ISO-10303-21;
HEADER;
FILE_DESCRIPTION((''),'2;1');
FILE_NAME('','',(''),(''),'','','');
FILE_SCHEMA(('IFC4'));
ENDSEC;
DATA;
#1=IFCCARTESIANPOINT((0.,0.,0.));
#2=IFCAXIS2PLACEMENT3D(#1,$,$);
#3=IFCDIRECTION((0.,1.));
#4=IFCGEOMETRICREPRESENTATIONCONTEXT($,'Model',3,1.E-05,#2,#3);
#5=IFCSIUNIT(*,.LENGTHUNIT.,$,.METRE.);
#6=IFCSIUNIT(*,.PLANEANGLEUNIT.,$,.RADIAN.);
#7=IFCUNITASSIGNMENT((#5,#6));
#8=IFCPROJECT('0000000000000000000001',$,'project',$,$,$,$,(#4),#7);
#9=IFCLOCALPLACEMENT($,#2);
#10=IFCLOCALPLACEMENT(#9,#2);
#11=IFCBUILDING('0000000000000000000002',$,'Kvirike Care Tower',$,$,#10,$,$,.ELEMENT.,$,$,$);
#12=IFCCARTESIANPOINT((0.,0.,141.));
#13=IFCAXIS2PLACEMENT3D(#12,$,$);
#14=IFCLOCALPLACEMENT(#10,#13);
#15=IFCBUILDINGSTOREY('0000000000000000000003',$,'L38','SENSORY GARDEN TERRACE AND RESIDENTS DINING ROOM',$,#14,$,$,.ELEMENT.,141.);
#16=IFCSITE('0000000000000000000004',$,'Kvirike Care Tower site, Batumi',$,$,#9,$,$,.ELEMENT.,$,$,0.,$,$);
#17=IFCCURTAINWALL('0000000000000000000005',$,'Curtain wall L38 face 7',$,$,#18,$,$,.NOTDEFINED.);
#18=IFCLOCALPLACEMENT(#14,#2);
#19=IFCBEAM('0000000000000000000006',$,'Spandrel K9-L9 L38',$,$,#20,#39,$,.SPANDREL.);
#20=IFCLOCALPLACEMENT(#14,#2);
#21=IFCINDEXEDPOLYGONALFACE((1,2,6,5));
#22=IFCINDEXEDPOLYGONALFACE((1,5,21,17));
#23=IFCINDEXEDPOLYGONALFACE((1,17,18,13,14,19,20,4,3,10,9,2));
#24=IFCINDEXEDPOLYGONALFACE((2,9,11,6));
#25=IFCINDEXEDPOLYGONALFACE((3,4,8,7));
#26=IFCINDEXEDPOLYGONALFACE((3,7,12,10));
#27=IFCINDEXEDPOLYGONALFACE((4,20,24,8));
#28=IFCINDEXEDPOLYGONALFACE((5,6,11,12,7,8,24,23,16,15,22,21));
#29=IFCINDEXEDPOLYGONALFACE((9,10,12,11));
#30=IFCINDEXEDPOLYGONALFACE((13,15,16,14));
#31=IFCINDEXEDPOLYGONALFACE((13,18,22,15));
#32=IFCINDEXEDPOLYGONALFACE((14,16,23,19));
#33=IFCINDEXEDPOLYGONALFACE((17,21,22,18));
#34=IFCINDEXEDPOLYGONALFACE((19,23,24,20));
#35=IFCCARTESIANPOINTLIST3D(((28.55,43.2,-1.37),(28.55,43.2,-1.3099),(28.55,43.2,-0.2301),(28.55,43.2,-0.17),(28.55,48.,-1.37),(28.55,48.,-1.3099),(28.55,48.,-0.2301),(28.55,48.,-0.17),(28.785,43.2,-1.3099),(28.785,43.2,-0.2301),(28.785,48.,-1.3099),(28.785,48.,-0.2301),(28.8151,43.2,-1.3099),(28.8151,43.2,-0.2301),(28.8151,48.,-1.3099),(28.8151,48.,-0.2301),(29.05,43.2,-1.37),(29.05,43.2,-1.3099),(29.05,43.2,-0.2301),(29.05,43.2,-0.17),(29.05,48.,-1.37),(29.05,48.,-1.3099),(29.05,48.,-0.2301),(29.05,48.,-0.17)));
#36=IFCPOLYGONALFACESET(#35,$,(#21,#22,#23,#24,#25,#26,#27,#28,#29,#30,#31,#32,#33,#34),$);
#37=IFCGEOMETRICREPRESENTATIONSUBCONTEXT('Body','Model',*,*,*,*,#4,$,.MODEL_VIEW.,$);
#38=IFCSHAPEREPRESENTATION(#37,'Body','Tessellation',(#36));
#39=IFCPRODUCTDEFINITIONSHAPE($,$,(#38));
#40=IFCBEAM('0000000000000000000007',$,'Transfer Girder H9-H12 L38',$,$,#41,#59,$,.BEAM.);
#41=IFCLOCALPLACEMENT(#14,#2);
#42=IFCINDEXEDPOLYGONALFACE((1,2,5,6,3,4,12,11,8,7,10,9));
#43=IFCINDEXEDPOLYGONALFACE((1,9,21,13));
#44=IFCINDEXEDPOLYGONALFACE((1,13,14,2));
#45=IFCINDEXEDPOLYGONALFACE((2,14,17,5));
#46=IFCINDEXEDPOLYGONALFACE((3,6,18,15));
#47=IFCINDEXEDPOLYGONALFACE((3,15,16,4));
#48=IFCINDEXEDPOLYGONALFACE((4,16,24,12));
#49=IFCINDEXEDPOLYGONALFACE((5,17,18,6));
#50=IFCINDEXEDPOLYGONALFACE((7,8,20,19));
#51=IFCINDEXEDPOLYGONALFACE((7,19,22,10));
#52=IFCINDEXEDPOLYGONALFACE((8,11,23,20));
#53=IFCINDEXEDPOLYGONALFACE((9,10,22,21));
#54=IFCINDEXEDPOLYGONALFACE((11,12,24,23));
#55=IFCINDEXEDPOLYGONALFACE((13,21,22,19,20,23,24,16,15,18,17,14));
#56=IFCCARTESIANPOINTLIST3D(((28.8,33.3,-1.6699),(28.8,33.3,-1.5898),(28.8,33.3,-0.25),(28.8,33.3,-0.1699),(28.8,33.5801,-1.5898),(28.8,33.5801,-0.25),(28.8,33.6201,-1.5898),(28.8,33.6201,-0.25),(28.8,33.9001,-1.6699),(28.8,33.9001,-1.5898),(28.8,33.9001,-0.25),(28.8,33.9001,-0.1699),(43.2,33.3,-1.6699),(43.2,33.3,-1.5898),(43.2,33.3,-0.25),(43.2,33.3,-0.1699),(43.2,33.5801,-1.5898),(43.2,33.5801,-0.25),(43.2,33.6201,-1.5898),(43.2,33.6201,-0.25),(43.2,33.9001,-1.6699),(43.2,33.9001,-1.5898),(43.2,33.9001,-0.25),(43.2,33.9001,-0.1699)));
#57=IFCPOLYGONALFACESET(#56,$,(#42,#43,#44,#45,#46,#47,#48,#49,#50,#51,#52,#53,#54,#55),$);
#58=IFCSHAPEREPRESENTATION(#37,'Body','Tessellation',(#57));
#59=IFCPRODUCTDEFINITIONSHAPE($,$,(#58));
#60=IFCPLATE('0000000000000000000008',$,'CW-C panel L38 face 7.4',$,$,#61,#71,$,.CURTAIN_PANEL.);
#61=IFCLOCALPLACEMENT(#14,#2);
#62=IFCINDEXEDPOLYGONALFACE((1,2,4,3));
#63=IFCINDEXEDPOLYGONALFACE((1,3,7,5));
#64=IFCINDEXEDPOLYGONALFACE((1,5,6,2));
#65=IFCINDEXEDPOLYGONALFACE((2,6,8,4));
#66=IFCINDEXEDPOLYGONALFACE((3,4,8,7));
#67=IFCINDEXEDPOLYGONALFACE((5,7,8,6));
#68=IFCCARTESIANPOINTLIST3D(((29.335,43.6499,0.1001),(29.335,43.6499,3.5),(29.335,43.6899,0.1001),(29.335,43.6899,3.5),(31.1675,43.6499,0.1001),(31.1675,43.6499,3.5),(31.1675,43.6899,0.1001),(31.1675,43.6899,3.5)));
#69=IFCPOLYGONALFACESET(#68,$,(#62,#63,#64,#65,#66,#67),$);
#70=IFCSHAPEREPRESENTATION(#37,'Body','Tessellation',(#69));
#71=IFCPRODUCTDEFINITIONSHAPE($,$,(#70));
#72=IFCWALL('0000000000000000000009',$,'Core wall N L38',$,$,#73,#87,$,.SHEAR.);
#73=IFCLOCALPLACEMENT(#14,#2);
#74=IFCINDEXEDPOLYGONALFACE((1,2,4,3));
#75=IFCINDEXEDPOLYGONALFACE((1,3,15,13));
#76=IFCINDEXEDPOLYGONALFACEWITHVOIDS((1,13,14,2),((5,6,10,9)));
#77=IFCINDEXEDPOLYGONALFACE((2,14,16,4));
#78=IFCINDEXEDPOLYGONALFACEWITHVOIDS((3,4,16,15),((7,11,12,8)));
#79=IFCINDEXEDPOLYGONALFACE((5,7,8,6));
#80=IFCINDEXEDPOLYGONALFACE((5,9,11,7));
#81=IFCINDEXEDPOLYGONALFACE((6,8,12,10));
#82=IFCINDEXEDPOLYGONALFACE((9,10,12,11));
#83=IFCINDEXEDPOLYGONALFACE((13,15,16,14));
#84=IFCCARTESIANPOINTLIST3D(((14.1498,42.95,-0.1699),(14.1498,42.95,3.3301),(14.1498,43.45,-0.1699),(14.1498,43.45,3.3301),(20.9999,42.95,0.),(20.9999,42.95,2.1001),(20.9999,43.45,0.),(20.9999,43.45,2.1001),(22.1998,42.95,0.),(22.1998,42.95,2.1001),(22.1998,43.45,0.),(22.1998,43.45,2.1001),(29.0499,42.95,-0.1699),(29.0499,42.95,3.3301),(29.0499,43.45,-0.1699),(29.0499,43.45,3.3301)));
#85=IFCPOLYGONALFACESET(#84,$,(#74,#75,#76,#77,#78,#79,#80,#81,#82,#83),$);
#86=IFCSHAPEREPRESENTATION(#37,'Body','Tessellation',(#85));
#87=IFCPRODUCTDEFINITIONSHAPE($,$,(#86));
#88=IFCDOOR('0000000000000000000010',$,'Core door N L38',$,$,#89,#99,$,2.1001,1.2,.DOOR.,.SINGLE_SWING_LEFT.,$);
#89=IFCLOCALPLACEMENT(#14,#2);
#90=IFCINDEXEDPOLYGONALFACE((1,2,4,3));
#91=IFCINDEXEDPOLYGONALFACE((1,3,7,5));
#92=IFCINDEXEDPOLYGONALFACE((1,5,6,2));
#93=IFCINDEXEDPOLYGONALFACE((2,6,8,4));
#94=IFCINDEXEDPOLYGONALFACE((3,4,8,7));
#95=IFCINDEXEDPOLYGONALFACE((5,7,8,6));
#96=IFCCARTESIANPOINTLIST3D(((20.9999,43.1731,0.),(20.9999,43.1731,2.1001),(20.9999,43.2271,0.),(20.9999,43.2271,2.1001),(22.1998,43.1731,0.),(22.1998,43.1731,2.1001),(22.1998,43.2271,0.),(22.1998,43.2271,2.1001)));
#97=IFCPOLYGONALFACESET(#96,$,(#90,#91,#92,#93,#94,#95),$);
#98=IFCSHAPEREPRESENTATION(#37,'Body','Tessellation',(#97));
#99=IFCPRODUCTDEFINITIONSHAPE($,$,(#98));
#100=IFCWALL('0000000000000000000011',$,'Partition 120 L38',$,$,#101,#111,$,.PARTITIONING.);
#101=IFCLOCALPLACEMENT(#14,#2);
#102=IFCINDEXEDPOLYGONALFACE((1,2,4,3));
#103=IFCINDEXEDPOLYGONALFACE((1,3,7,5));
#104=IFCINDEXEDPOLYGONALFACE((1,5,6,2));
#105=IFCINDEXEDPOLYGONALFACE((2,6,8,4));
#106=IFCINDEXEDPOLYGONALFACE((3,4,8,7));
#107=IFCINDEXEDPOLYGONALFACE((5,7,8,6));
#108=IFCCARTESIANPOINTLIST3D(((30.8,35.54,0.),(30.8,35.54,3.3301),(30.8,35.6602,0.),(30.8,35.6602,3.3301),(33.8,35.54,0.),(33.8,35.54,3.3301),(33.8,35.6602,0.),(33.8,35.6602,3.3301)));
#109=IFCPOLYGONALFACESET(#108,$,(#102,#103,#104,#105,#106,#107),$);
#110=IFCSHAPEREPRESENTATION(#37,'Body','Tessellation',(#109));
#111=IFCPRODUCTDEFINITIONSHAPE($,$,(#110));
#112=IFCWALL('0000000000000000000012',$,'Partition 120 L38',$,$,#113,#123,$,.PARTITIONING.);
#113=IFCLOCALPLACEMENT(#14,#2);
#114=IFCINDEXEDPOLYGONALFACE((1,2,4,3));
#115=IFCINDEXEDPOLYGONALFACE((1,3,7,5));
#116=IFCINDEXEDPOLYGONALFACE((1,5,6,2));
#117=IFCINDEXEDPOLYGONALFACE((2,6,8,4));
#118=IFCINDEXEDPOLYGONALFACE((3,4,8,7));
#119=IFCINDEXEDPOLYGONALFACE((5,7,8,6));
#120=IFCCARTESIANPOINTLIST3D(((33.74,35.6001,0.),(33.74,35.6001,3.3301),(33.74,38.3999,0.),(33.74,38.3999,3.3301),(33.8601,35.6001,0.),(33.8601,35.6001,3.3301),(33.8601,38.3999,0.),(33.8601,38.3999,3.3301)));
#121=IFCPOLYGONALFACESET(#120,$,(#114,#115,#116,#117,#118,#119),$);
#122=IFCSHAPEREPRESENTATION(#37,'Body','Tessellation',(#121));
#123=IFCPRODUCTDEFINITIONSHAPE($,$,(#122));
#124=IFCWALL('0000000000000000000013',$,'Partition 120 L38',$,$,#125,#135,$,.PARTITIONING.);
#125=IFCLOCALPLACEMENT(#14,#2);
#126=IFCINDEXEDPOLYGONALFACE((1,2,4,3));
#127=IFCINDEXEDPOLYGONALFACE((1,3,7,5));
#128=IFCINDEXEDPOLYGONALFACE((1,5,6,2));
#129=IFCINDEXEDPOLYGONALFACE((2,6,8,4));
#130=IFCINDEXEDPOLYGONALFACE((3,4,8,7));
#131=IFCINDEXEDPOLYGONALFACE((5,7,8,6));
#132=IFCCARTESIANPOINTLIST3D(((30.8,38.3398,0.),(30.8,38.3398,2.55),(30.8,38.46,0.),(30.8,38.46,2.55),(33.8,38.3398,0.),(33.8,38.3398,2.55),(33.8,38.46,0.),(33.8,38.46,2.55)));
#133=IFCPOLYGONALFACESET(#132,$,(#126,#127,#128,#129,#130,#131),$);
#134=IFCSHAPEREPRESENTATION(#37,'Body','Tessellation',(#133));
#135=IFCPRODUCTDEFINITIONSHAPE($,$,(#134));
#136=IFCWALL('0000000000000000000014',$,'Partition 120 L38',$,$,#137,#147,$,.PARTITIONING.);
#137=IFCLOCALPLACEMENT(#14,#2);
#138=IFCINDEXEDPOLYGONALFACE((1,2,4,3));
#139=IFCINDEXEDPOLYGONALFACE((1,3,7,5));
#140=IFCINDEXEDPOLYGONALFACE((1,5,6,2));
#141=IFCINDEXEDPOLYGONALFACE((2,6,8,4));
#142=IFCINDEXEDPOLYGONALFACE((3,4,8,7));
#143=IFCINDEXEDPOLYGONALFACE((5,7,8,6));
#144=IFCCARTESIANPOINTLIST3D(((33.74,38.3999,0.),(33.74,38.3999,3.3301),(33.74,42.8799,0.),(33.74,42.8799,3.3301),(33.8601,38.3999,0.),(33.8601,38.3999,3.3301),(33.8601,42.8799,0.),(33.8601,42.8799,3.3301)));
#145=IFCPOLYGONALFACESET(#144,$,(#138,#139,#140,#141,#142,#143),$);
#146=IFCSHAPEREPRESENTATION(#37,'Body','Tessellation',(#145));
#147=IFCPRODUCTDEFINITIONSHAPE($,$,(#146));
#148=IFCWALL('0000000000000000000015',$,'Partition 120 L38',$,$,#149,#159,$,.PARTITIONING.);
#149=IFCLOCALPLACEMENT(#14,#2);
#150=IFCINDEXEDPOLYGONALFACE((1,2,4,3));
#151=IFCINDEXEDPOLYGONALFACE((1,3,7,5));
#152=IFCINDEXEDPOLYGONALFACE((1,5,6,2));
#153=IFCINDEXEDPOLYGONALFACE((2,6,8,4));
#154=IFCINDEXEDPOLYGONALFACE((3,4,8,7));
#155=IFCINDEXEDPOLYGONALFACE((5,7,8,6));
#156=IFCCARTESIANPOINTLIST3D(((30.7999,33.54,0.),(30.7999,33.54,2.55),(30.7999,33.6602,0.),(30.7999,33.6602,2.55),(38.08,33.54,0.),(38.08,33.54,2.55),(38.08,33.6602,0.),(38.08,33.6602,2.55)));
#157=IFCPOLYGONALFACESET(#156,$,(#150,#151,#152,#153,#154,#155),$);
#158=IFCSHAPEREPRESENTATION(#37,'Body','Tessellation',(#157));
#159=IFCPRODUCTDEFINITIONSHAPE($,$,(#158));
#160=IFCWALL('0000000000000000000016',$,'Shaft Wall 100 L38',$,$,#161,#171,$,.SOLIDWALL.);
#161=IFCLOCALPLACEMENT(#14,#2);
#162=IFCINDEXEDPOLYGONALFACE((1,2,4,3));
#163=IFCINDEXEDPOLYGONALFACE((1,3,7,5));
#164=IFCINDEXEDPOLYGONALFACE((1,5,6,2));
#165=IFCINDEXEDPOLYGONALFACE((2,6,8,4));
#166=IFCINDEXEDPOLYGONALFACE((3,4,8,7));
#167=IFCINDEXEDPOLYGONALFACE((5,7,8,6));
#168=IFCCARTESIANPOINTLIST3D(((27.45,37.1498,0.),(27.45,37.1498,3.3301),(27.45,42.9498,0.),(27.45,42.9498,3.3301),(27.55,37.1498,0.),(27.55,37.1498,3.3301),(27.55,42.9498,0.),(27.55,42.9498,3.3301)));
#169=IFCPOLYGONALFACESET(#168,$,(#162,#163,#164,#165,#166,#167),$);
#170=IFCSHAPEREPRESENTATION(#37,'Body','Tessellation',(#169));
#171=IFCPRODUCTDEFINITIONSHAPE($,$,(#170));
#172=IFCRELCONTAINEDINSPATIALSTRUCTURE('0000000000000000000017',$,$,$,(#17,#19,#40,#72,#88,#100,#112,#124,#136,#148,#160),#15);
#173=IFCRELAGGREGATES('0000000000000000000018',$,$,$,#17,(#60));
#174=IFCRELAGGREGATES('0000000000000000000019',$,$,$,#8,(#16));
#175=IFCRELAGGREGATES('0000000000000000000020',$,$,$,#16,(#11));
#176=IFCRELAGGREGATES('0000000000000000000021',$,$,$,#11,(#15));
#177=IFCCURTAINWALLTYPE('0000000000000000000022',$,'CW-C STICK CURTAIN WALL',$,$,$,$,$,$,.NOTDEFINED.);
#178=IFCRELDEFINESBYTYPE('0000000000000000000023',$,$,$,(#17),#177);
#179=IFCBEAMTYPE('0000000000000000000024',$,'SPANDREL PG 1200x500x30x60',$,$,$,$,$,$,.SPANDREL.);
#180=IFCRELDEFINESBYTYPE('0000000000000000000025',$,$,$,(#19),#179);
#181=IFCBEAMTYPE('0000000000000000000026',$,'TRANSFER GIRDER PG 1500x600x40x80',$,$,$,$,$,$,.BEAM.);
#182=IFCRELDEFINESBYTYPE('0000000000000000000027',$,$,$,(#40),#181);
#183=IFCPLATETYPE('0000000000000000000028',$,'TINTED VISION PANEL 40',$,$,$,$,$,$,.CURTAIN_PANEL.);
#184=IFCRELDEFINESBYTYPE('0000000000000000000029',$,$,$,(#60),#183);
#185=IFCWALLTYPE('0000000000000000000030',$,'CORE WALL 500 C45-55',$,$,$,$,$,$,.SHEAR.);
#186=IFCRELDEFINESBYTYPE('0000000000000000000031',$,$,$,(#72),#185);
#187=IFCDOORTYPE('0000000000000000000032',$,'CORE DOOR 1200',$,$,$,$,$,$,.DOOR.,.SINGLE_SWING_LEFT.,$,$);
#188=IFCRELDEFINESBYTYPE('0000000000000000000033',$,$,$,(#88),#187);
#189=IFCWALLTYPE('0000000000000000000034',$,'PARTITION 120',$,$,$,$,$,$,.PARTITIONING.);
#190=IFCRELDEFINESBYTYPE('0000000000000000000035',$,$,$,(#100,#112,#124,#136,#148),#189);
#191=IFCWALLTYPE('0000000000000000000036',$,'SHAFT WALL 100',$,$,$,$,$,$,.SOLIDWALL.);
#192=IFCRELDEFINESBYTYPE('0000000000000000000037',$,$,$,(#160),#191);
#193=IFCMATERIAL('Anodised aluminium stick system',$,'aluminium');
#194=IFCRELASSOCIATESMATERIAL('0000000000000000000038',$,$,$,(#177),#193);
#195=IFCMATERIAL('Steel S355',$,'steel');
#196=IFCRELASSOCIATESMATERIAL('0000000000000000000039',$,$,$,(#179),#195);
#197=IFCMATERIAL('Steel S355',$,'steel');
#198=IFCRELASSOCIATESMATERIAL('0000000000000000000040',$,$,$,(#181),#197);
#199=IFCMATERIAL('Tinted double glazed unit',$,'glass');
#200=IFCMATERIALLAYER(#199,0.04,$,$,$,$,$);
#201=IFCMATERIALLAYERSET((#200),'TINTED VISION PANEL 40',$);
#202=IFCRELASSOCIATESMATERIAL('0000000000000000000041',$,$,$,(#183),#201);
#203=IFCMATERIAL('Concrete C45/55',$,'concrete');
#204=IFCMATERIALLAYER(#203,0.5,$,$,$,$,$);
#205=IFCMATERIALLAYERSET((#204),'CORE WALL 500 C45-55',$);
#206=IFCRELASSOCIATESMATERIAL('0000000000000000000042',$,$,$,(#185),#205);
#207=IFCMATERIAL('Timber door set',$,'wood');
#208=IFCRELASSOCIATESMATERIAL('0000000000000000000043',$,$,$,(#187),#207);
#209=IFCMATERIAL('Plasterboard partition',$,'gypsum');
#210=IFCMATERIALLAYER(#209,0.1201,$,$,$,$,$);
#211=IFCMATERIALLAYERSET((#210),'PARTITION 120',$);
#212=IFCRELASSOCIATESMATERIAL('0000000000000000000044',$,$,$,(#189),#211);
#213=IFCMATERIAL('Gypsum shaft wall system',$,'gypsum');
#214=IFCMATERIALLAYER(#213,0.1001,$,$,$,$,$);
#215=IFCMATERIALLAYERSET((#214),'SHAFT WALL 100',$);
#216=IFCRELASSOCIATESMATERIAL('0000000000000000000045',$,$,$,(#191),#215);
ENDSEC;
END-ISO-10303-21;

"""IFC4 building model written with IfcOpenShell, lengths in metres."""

from ifc_helpers import new_model, si_unit, direction, frame, frame_2d, origin, origin_2d, place, context, subcontext, project, spatial, rectangle, i_section, extrude, material, layer, layer_set, material_profile, profile_set, type_object, element, fill, aggregate, save


model = new_model("IFC4")

# Units and contexts
model_context = context("Model", 3, precision=1e-05, world=origin(), true_north=direction((0.0, 1.0)))
body_context = subcontext(model_context, "Body", "Model", "MODEL_VIEW")
ifc_project = project(units=[si_unit("LENGTHUNIT", "METRE"), si_unit("PLANEANGLEUNIT", "RADIAN")], contexts=[model_context])

# Site, building, storey
site_placement = place(None, origin())
site = spatial("IfcSite", under=ifc_project, at=site_placement, Name="Kvirike Care Tower site, Batumi", CompositionType="ELEMENT", RefElevation=0.0)
building_placement = place(site_placement, origin())
building = spatial("IfcBuilding", under=site, at=building_placement, Name="Kvirike Care Tower", CompositionType="ELEMENT")
storey_placement = place(building_placement, frame((0.0, 0.0, 141.0)))
storey = spatial("IfcBuildingStorey", under=building, at=storey_placement, Name="L38", Description="SENSORY GARDEN TERRACE AND RESIDENTS DINING ROOM", CompositionType="ELEMENT", Elevation=141.0)

# Curtain wall
ifc_material_1 = material(Name="Anodised aluminium stick system", Category="aluminium")
curtain_wall_type = type_object("IfcCurtainWallType", Name="CW-C STICK CURTAIN WALL", PredefinedType="NOTDEFINED", material=ifc_material_1)
curtain_wall_placement = place(storey_placement, origin())
curtain_wall = element("IfcCurtainWall", 1, at=curtain_wall_placement, inside=storey, type_object=curtain_wall_type, Name="Curtain wall L38 face 7", PredefinedType="NOTDEFINED")

# Beams
ifc_material_2 = material(Name="Steel S355", Category="steel")
ifc_material_profile_1 = material_profile(ifc_material_2, i_section(OverallWidth=0.5, OverallDepth=1.2, WebThickness=0.03, FlangeThickness=0.0601, at=origin_2d()), Name="PG 1200x500x30x60")
ifc_profile_set_1 = profile_set([ifc_material_profile_1], Name="Steel S355")
beam_type_1 = type_object("IfcBeamType", Name="SPANDREL PG 1200x500x30x60", PredefinedType="SPANDREL", material=ifc_profile_set_1)
beam_1_placement = place(storey_placement, frame((28.8, 43.2, -0.77), z_axis=(0.0, 1.0, 0.0), x_axis=(-1.0, 0.0, 0.0)))
element("IfcBeam", 2, at=beam_1_placement, inside=storey, type_object=beam_type_1, Name="Spandrel K9-L9 L38", PredefinedType="SPANDREL", context=body_context, shape_type="SweptSolid", body=[
    extrude(i_section(OverallWidth=0.5, OverallDepth=1.2, WebThickness=0.03, FlangeThickness=0.0601, at=origin_2d()), origin(), (0.0, 0.0, 1.0), 4.8),
])
ifc_material_3 = material(Name="Steel S355", Category="steel")
ifc_material_profile_2 = material_profile(ifc_material_3, i_section(OverallWidth=0.6001, OverallDepth=1.5, WebThickness=0.04, FlangeThickness=0.0801, at=origin_2d()), Name="PG 1500x600x40x80")
ifc_profile_set_2 = profile_set([ifc_material_profile_2], Name="Steel S355")
beam_type_2 = type_object("IfcBeamType", Name="TRANSFER GIRDER PG 1500x600x40x80", PredefinedType="BEAM", material=ifc_profile_set_2)
beam_2_placement = place(storey_placement, frame((28.8, 33.6001, -0.9199), z_axis=(1.0, 0.0, 0.0), x_axis=(0.0, 1.0, 0.0)))
element("IfcBeam", 3, at=beam_2_placement, inside=storey, type_object=beam_type_2, Name="Transfer Girder H9-H12 L38", PredefinedType="BEAM", context=body_context, shape_type="SweptSolid", body=[
    extrude(i_section(OverallWidth=0.6001, OverallDepth=1.5, WebThickness=0.04, FlangeThickness=0.0801, at=origin_2d()), origin(), (0.0, 0.0, 1.0), 14.3999),
])

# Plate
ifc_material_4 = material(Name="Tinted double glazed unit", Category="glass")
ifc_layer_1 = layer(ifc_material_4, 0.04)
ifc_layer_set_1 = layer_set([ifc_layer_1], Name="TINTED VISION PANEL 40")
plate_type = type_object("IfcPlateType", Name="TINTED VISION PANEL 40", PredefinedType="CURTAIN_PANEL", material=ifc_layer_set_1)
plate_placement = place(storey_placement, frame((30.2512, 43.6699, 0.1001), z_axis=(0.0, 0.0, 1.0), x_axis=(-1.0, 0.0, 0.0)))
plate = element("IfcPlate", 4, at=plate_placement, type_object=plate_type, Name="CW-C panel L38 face 7.4", PredefinedType="CURTAIN_PANEL", context=body_context, shape_type="SweptSolid", body=[
    extrude(rectangle(XDim=1.8325, YDim=0.04, at=origin_2d()), origin(), (0.0, 0.0, 1.0), 3.3999),
])
aggregate(curtain_wall, [plate])

# Wall, opening, door
ifc_material_5 = material(Name="Concrete C45/55", Category="concrete")
ifc_layer_2 = layer(ifc_material_5, 0.5)
ifc_layer_set_2 = layer_set([ifc_layer_2], Name="CORE WALL 500 C45-55")
wall_type_1 = type_object("IfcWallType", Name="CORE WALL 500 C45-55", PredefinedType="SHEAR", material=ifc_layer_set_2)
wall_1_placement = place(storey_placement, frame((29.05, 43.2, -0.1699), z_axis=(0.0, 0.0, 1.0), x_axis=(-1.0, 0.0, 0.0)))
wall_1 = element("IfcWall", 5, at=wall_1_placement, inside=storey, type_object=wall_type_1, Name="Core wall N L38", PredefinedType="SHEAR", context=body_context, shape_type="SweptSolid", body=[
    extrude(rectangle(XDim=14.9001, YDim=0.5, at=frame_2d((7.4502, 0.0))), origin(), (0.0, 0.0, 1.0), 3.5),
])
opening_1_placement = place(wall_1_placement, frame((6.8501, 0.0, 0.1699)))
opening_1 = element("IfcOpeningElement", 6, at=opening_1_placement, cuts=wall_1, PredefinedType="OPENING", context=body_context, shape_type="SweptSolid", body=[
    extrude(rectangle(XDim=1.2, YDim=2.1001, at=frame_2d((0.6001, 1.05))), frame((0.0, 0.2605, 0.0), z_axis=(0.0, -1.0, 0.0), x_axis=(1.0, 0.0, 0.0)), (0.0, 0.0, 1.0), 0.521),
])
ifc_material_6 = material(Name="Timber door set", Category="wood")
door_type_1 = type_object("IfcDoorType", Name="CORE DOOR 1200", OperationType="SINGLE_SWING_LEFT", PredefinedType="DOOR", material=ifc_material_6)
door_1_placement = place(opening_1_placement, origin())
door_1 = element("IfcDoor", 7, at=door_1_placement, inside=storey, type_object=door_type_1, Name="Core door N L38", OperationType="SINGLE_SWING_LEFT", OverallHeight=2.1001, OverallWidth=1.2, PredefinedType="DOOR", context=body_context, shape_type="SweptSolid", body=[
    extrude(rectangle(XDim=1.2, YDim=2.1001, at=frame_2d((0.6001, 1.05))), frame((0.0, 0.0269, 0.0), z_axis=(0.0, -1.0, 0.0), x_axis=(1.0, 0.0, 0.0)), (0.0, 0.0, 1.0), 0.054),
])
fill(opening_1, door_1)

# Walls
ifc_material_7 = material(Name="Plasterboard partition", Category="gypsum")
ifc_layer_3 = layer(ifc_material_7, 0.1201)
ifc_layer_set_3 = layer_set([ifc_layer_3], Name="PARTITION 120")
wall_type_2 = type_object("IfcWallType", Name="PARTITION 120", PredefinedType="PARTITIONING", material=ifc_layer_set_3)
wall_2_placement = place(storey_placement, frame((33.8, 35.6001, 0.0), z_axis=(0.0, 0.0, 1.0), x_axis=(-1.0, 0.0, 0.0)))
element("IfcWall", 8, at=wall_2_placement, inside=storey, type_object=wall_type_2, Name="Partition 120 L38", PredefinedType="PARTITIONING", context=body_context, shape_type="SweptSolid", body=[
    extrude(rectangle(XDim=3.0, YDim=0.1201, at=frame_2d((1.5, 0.0))), origin(), (0.0, 0.0, 1.0), 3.3301),
])
wall_3_placement = place(storey_placement, frame((33.8, 35.6001, 0.0), z_axis=(0.0, 0.0, 1.0), x_axis=(0.0, 1.0, 0.0)))
element("IfcWall", 9, at=wall_3_placement, inside=storey, type_object=wall_type_2, Name="Partition 120 L38", PredefinedType="PARTITIONING", context=body_context, shape_type="SweptSolid", body=[
    extrude(rectangle(XDim=2.7998, YDim=0.1201, at=frame_2d((1.3999, 0.0))), origin(), (0.0, 0.0, 1.0), 3.3301),
])
wall_4_placement = place(storey_placement, frame((33.8, 38.3999, 0.0), z_axis=(0.0, 0.0, 1.0), x_axis=(-1.0, 0.0, 0.0)))
element("IfcWall", 10, at=wall_4_placement, inside=storey, type_object=wall_type_2, Name="Partition 120 L38", PredefinedType="PARTITIONING", context=body_context, shape_type="SweptSolid", body=[
    extrude(rectangle(XDim=3.0, YDim=0.1201, at=frame_2d((1.5, 0.0))), origin(), (0.0, 0.0, 1.0), 2.55),
])
wall_5_placement = place(storey_placement, frame((33.8, 38.3999, 0.0), z_axis=(0.0, 0.0, 1.0), x_axis=(0.0, 1.0, 0.0)))
element("IfcWall", 11, at=wall_5_placement, inside=storey, type_object=wall_type_2, Name="Partition 120 L38", PredefinedType="PARTITIONING", context=body_context, shape_type="SweptSolid", body=[
    extrude(rectangle(XDim=4.48, YDim=0.1201, at=frame_2d((2.24, 0.0))), origin(), (0.0, 0.0, 1.0), 3.3301),
])
wall_6_placement = place(storey_placement, frame((38.0801, 33.6001, 0.0), z_axis=(0.0, 0.0, 1.0), x_axis=(-1.0, 0.0, 0.0)))
element("IfcWall", 12, at=wall_6_placement, inside=storey, type_object=wall_type_2, Name="Partition 120 L38", PredefinedType="PARTITIONING", context=body_context, shape_type="SweptSolid", body=[
    extrude(rectangle(XDim=7.28, YDim=0.1201, at=frame_2d((3.6401, 0.0))), origin(), (0.0, 0.0, 1.0), 2.55),
])
ifc_material_8 = material(Name="Gypsum shaft wall system", Category="gypsum")
ifc_layer_4 = layer(ifc_material_8, 0.1001)
ifc_layer_set_4 = layer_set([ifc_layer_4], Name="SHAFT WALL 100")
wall_type_3 = type_object("IfcWallType", Name="SHAFT WALL 100", PredefinedType="SOLIDWALL", material=ifc_layer_set_4)
wall_7_placement = place(storey_placement, frame((27.5, 37.1499, 0.0), z_axis=(0.0, 0.0, 1.0), x_axis=(0.0, 1.0, 0.0)))
element("IfcWall", 13, at=wall_7_placement, inside=storey, type_object=wall_type_3, Name="Shaft Wall 100 L38", PredefinedType="SOLIDWALL", context=body_context, shape_type="SweptSolid", body=[
    extrude(rectangle(XDim=5.8, YDim=0.1001, at=frame_2d((2.8999, 0.0))), origin(), (0.0, 0.0, 1.0), 3.3301),
])

save(model, "model.ifc")
